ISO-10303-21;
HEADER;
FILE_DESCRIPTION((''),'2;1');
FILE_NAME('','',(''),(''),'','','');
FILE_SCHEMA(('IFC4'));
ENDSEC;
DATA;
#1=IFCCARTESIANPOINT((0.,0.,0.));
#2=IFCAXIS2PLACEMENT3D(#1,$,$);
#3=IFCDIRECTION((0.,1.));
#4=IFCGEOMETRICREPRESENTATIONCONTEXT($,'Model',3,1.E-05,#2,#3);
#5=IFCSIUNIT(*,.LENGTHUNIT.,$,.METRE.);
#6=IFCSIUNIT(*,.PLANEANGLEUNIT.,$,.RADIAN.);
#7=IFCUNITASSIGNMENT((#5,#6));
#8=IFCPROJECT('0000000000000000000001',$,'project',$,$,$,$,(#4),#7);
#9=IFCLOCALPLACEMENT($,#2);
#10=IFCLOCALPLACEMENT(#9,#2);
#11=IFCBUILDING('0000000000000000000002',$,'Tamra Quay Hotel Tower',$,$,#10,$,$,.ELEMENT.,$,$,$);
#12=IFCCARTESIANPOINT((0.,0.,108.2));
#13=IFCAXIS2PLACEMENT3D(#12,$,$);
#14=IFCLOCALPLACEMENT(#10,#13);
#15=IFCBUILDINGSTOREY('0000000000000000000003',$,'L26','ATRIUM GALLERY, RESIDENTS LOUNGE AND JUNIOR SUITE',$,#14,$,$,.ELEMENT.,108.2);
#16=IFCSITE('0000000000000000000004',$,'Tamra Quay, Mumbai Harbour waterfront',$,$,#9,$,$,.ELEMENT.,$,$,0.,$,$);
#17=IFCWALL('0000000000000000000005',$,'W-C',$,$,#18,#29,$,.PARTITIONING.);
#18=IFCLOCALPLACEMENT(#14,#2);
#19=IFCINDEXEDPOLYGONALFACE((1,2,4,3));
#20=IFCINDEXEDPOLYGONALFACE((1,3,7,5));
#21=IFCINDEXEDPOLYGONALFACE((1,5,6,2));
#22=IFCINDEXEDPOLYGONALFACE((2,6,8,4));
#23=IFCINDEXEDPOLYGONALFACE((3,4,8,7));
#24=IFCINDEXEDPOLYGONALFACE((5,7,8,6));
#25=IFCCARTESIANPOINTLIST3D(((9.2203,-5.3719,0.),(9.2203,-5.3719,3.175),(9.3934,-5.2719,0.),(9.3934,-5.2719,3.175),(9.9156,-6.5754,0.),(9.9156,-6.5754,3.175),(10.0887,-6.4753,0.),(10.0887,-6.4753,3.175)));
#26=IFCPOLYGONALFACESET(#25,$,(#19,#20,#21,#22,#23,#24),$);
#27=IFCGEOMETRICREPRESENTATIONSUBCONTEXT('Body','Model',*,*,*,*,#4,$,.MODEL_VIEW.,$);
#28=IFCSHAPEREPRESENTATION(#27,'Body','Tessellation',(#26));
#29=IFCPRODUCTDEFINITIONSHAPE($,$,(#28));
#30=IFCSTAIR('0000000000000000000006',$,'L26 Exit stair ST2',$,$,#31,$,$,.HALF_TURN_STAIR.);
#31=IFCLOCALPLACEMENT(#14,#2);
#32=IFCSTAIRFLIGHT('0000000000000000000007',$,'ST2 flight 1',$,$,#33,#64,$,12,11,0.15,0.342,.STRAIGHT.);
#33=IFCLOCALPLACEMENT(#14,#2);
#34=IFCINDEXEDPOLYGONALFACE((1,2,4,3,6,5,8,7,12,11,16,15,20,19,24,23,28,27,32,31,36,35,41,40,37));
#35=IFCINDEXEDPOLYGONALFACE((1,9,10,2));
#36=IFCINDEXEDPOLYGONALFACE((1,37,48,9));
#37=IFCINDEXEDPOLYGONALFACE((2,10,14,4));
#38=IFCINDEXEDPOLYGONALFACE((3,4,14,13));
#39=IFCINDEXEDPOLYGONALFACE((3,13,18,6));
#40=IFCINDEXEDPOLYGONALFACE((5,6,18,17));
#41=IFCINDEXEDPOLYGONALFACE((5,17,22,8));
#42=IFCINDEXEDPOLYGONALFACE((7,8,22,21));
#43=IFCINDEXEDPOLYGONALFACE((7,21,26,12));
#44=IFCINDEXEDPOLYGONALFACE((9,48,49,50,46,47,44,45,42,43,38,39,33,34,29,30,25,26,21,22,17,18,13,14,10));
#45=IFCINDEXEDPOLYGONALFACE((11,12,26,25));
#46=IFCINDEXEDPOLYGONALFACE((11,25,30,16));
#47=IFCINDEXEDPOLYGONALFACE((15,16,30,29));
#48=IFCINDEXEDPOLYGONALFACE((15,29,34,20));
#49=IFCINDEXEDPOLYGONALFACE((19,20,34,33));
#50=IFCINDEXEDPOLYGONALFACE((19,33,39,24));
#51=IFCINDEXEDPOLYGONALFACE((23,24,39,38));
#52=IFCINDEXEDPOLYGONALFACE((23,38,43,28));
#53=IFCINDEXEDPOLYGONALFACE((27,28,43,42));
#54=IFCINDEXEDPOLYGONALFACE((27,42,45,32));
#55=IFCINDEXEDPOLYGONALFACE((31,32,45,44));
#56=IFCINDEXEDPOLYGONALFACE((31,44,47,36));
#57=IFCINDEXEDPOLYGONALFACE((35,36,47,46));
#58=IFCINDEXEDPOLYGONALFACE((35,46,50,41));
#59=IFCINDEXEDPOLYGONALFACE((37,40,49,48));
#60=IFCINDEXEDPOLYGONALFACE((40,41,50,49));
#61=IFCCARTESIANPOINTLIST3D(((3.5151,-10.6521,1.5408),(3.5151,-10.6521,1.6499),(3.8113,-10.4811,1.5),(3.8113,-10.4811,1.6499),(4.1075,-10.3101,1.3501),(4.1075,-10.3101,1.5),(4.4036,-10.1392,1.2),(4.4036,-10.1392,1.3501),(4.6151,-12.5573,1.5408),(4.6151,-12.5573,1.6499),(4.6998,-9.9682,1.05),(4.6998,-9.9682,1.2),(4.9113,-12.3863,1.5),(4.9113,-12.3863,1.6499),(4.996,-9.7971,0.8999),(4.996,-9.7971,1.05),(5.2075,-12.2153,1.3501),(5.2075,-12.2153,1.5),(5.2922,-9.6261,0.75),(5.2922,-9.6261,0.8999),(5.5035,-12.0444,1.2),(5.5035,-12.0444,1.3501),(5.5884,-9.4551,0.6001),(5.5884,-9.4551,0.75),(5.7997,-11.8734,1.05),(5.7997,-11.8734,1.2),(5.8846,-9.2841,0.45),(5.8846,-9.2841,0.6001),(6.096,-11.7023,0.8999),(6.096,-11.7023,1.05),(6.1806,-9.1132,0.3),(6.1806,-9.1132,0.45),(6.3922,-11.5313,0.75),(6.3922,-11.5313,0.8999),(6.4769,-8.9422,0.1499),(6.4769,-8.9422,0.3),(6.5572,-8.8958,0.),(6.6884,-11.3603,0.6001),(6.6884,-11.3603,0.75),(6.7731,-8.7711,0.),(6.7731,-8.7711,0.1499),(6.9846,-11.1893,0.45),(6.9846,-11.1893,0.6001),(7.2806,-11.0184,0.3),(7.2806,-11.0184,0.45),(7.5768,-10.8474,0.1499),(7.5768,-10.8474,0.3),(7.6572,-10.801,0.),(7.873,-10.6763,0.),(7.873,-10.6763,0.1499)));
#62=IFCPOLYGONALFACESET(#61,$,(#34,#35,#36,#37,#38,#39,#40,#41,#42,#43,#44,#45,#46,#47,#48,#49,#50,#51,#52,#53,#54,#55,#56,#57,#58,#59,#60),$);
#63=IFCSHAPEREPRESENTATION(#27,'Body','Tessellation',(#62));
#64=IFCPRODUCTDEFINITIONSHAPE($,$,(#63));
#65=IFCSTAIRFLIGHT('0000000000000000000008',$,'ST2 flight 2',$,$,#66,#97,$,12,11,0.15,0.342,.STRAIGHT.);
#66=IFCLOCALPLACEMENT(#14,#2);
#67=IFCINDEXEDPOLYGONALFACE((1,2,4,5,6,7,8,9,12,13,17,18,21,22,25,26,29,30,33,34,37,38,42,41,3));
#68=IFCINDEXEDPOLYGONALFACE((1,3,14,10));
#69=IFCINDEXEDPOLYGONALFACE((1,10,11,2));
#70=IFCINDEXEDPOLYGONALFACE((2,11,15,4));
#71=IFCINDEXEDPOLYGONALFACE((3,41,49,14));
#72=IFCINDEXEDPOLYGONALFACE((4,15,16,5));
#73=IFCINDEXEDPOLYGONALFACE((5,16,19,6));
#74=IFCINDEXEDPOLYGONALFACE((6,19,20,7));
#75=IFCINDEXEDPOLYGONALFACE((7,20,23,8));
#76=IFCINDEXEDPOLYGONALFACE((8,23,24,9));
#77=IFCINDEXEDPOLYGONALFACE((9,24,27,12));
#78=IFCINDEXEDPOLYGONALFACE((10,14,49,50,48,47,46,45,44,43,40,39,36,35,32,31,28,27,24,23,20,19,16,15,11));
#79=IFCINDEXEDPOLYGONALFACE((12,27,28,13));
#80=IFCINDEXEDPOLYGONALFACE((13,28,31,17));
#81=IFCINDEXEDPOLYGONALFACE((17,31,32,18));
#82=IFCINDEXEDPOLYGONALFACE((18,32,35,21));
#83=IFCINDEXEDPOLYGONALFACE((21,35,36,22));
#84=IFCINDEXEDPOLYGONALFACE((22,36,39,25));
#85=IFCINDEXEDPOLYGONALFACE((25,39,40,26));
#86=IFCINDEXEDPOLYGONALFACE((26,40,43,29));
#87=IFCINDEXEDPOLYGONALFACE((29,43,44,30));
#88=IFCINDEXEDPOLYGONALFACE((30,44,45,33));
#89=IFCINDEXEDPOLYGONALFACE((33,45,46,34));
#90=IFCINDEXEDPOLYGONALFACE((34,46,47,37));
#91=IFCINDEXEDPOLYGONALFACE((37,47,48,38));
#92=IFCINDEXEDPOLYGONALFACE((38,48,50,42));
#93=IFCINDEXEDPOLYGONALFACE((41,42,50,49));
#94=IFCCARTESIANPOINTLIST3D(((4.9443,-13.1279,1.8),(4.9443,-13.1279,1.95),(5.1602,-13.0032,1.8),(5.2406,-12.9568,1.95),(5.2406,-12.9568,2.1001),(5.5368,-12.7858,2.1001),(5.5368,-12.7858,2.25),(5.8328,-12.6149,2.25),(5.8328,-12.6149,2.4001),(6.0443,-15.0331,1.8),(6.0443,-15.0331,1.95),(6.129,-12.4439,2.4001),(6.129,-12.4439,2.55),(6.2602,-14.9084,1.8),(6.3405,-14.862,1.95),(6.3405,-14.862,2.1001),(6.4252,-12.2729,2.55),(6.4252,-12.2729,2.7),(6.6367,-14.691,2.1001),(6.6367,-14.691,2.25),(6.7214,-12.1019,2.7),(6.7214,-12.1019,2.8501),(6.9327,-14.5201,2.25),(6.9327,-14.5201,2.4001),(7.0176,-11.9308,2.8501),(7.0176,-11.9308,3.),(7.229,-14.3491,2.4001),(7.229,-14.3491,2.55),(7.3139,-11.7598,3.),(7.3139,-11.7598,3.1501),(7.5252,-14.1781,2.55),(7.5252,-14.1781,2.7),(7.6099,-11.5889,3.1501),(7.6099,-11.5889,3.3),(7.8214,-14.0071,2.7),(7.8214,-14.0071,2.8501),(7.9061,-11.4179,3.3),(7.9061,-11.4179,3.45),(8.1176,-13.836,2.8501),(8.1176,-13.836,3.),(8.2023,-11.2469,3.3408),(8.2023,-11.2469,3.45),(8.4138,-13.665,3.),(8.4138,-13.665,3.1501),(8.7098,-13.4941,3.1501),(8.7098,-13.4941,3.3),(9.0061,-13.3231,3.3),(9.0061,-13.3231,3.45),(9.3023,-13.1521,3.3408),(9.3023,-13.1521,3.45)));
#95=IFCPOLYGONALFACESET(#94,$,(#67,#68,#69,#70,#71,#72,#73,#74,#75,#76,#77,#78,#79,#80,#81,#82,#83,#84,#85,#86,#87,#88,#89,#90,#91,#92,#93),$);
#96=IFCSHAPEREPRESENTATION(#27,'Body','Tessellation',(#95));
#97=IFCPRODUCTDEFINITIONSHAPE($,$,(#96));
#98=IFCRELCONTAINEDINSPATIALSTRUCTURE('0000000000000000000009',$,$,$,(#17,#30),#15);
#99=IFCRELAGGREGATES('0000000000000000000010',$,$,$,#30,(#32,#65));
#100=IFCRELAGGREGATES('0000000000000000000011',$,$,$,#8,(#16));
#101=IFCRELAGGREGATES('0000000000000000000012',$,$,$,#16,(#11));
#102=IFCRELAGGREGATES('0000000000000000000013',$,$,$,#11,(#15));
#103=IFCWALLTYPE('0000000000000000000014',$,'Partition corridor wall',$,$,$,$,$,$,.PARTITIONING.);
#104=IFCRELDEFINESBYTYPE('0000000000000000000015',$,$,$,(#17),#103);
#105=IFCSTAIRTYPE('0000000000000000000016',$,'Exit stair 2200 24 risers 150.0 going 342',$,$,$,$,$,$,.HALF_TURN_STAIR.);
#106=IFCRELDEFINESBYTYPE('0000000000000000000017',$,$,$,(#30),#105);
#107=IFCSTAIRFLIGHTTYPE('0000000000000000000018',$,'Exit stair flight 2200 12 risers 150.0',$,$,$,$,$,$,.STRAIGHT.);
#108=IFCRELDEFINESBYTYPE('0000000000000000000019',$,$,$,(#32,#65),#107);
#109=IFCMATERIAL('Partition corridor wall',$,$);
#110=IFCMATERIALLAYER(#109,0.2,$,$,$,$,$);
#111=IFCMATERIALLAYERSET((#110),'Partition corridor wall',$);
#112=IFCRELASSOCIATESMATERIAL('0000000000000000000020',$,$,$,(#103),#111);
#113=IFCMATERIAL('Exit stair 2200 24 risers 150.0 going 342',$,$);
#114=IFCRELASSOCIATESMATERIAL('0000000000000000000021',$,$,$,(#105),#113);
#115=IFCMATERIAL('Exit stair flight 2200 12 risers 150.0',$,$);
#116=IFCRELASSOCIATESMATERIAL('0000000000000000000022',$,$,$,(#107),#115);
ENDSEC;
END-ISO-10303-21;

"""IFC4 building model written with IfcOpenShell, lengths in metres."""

from ifc_helpers import new_model, si_unit, direction, frame, frame_2d, origin, place, context, subcontext, project, spatial, polyline, rectangle, outline, extrude, material, layer, layer_set, type_object, element, aggregate, save


model = new_model("IFC4")

# Units and contexts
model_context = context("Model", 3, precision=1e-05, world=origin(), true_north=direction((0.0, 1.0)))
body_context = subcontext(model_context, "Body", "Model", "MODEL_VIEW")
ifc_project = project(units=[si_unit("LENGTHUNIT", "METRE"), si_unit("PLANEANGLEUNIT", "RADIAN")], contexts=[model_context])

# Site, building, storey
site_placement = place(None, origin())
site = spatial("IfcSite", under=ifc_project, at=site_placement, Name="Tamra Quay, Mumbai Harbour waterfront", CompositionType="ELEMENT", RefElevation=0.0)
building_placement = place(site_placement, origin())
building = spatial("IfcBuilding", under=site, at=building_placement, Name="Tamra Quay Hotel Tower", CompositionType="ELEMENT")
storey_placement = place(building_placement, frame((0.0, 0.0, 108.2)))
storey = spatial("IfcBuildingStorey", under=building, at=storey_placement, Name="L26", Description="ATRIUM GALLERY, RESIDENTS LOUNGE AND JUNIOR SUITE", CompositionType="ELEMENT", Elevation=108.2)

# Shared definitions
ifc_material_1 = material(Name="Partition corridor wall")
ifc_layer_1 = layer(ifc_material_1, 0.2)
ifc_layer_set_1 = layer_set([ifc_layer_1], Name="Partition corridor wall")
wall_type_1 = type_object("IfcWallType", Name="Partition corridor wall", PredefinedType="PARTITIONING", material=ifc_layer_set_1)

# Wall
wall_1_placement = place(storey_placement, frame((9.3069, -5.322, 0.0), z_axis=(0.0, 0.0, 1.0), x_axis=(0.500295, -0.865855, 0.0)))
element("IfcWall", 1, at=wall_1_placement, inside=storey, type_object=wall_type_1, Name="W-C", PredefinedType="PARTITIONING", context=body_context, shape_type="SweptSolid", body=[
    extrude(rectangle(XDim=1.3899, YDim=0.2, at=frame_2d((0.6948, 0.0))), origin(), (0.0, 0.0, 1.0), 3.175),
])

# Stair, stair flights
ifc_material_2 = material(Name="Exit stair 2200 24 risers 150.0 going 342")
stair_type = type_object("IfcStairType", Name="Exit stair 2200 24 risers 150.0 going 342", PredefinedType="HALF_TURN_STAIR", material=ifc_material_2)
stair_placement = place(storey_placement, origin())
stair = element("IfcStair", 2, at=stair_placement, inside=storey, type_object=stair_type, Name="L26 Exit stair ST2", PredefinedType="HALF_TURN_STAIR")
ifc_material_3 = material(Name="Exit stair flight 2200 12 risers 150.0")
stair_flight_type = type_object("IfcStairFlightType", Name="Exit stair flight 2200 12 risers 150.0", PredefinedType="STRAIGHT", material=ifc_material_3)
stair_flight_1_placement = place(storey_placement, frame((7.323, -9.7236, 0.0), z_axis=(0.0, 0.0, 1.0), x_axis=(-0.866025, -0.5, 0.0)))
stair_flight_1 = element("IfcStairFlight", 3, at=stair_flight_1_placement, type_object=stair_flight_type, Name="ST2 flight 1", NumberOfRisers=12, NumberOfTreads=11, PredefinedType="STRAIGHT", RiserHeight=0.15, TreadLength=0.342, context=body_context, shape_type="SweptSolid", body=[
    extrude(outline(polyline([(0.0, 0.0), (0.0, 0.1499), (0.342, 0.1499), (0.342, 0.3), (0.6841, 0.3), (0.6841, 0.45), (1.0259, 0.45), (1.0259, 0.6001), (1.3679, 0.6001), (1.3679, 0.75), (1.71, 0.75), (1.71, 0.8999), (2.052, 0.8999), (2.052, 1.05), (2.394, 1.05), (2.394, 1.2), (2.7361, 1.2), (2.7361, 1.3501), (3.0779, 1.3501), (3.0779, 1.5), (3.4199, 1.5), (3.4199, 1.6499), (3.762, 1.6499), (3.762, 1.8), (3.762, 1.5408), (0.2493, 0.0), (0.0, 0.0)])), frame((0.0, 1.1001, 0.0), z_axis=(0.0, -1.0, 0.0), x_axis=(1.0, 0.0, 0.0)), (0.0, 0.0, 1.0), 2.2),
])
stair_flight_2_placement = place(storey_placement, frame((5.4944, -14.0806, 1.8), z_axis=(0.0, 0.0, 1.0), x_axis=(0.866025, 0.5, 0.0)))
stair_flight_2 = element("IfcStairFlight", 4, at=stair_flight_2_placement, type_object=stair_flight_type, Name="ST2 flight 2", NumberOfRisers=12, NumberOfTreads=11, PredefinedType="STRAIGHT", RiserHeight=0.15, TreadLength=0.342, context=body_context, shape_type="SweptSolid", body=[
    extrude(outline(polyline([(0.0, 0.0), (0.0, 0.1499), (0.342, 0.1499), (0.342, 0.3), (0.6841, 0.3), (0.6841, 0.45), (1.0259, 0.45), (1.0259, 0.6001), (1.3679, 0.6001), (1.3679, 0.75), (1.71, 0.75), (1.71, 0.8999), (2.052, 0.8999), (2.052, 1.05), (2.394, 1.05), (2.394, 1.2), (2.7361, 1.2), (2.7361, 1.3501), (3.0779, 1.3501), (3.0779, 1.5), (3.4199, 1.5), (3.4199, 1.6499), (3.762, 1.6499), (3.762, 1.8), (3.762, 1.5408), (0.2493, 0.0), (0.0, 0.0)])), frame((0.0, 1.1001, 0.0), z_axis=(0.0, -1.0, 0.0), x_axis=(1.0, 0.0, 0.0)), (0.0, 0.0, 1.0), 2.2),
])
aggregate(stair, [stair_flight_1, stair_flight_2])

save(model, "model.ifc")
